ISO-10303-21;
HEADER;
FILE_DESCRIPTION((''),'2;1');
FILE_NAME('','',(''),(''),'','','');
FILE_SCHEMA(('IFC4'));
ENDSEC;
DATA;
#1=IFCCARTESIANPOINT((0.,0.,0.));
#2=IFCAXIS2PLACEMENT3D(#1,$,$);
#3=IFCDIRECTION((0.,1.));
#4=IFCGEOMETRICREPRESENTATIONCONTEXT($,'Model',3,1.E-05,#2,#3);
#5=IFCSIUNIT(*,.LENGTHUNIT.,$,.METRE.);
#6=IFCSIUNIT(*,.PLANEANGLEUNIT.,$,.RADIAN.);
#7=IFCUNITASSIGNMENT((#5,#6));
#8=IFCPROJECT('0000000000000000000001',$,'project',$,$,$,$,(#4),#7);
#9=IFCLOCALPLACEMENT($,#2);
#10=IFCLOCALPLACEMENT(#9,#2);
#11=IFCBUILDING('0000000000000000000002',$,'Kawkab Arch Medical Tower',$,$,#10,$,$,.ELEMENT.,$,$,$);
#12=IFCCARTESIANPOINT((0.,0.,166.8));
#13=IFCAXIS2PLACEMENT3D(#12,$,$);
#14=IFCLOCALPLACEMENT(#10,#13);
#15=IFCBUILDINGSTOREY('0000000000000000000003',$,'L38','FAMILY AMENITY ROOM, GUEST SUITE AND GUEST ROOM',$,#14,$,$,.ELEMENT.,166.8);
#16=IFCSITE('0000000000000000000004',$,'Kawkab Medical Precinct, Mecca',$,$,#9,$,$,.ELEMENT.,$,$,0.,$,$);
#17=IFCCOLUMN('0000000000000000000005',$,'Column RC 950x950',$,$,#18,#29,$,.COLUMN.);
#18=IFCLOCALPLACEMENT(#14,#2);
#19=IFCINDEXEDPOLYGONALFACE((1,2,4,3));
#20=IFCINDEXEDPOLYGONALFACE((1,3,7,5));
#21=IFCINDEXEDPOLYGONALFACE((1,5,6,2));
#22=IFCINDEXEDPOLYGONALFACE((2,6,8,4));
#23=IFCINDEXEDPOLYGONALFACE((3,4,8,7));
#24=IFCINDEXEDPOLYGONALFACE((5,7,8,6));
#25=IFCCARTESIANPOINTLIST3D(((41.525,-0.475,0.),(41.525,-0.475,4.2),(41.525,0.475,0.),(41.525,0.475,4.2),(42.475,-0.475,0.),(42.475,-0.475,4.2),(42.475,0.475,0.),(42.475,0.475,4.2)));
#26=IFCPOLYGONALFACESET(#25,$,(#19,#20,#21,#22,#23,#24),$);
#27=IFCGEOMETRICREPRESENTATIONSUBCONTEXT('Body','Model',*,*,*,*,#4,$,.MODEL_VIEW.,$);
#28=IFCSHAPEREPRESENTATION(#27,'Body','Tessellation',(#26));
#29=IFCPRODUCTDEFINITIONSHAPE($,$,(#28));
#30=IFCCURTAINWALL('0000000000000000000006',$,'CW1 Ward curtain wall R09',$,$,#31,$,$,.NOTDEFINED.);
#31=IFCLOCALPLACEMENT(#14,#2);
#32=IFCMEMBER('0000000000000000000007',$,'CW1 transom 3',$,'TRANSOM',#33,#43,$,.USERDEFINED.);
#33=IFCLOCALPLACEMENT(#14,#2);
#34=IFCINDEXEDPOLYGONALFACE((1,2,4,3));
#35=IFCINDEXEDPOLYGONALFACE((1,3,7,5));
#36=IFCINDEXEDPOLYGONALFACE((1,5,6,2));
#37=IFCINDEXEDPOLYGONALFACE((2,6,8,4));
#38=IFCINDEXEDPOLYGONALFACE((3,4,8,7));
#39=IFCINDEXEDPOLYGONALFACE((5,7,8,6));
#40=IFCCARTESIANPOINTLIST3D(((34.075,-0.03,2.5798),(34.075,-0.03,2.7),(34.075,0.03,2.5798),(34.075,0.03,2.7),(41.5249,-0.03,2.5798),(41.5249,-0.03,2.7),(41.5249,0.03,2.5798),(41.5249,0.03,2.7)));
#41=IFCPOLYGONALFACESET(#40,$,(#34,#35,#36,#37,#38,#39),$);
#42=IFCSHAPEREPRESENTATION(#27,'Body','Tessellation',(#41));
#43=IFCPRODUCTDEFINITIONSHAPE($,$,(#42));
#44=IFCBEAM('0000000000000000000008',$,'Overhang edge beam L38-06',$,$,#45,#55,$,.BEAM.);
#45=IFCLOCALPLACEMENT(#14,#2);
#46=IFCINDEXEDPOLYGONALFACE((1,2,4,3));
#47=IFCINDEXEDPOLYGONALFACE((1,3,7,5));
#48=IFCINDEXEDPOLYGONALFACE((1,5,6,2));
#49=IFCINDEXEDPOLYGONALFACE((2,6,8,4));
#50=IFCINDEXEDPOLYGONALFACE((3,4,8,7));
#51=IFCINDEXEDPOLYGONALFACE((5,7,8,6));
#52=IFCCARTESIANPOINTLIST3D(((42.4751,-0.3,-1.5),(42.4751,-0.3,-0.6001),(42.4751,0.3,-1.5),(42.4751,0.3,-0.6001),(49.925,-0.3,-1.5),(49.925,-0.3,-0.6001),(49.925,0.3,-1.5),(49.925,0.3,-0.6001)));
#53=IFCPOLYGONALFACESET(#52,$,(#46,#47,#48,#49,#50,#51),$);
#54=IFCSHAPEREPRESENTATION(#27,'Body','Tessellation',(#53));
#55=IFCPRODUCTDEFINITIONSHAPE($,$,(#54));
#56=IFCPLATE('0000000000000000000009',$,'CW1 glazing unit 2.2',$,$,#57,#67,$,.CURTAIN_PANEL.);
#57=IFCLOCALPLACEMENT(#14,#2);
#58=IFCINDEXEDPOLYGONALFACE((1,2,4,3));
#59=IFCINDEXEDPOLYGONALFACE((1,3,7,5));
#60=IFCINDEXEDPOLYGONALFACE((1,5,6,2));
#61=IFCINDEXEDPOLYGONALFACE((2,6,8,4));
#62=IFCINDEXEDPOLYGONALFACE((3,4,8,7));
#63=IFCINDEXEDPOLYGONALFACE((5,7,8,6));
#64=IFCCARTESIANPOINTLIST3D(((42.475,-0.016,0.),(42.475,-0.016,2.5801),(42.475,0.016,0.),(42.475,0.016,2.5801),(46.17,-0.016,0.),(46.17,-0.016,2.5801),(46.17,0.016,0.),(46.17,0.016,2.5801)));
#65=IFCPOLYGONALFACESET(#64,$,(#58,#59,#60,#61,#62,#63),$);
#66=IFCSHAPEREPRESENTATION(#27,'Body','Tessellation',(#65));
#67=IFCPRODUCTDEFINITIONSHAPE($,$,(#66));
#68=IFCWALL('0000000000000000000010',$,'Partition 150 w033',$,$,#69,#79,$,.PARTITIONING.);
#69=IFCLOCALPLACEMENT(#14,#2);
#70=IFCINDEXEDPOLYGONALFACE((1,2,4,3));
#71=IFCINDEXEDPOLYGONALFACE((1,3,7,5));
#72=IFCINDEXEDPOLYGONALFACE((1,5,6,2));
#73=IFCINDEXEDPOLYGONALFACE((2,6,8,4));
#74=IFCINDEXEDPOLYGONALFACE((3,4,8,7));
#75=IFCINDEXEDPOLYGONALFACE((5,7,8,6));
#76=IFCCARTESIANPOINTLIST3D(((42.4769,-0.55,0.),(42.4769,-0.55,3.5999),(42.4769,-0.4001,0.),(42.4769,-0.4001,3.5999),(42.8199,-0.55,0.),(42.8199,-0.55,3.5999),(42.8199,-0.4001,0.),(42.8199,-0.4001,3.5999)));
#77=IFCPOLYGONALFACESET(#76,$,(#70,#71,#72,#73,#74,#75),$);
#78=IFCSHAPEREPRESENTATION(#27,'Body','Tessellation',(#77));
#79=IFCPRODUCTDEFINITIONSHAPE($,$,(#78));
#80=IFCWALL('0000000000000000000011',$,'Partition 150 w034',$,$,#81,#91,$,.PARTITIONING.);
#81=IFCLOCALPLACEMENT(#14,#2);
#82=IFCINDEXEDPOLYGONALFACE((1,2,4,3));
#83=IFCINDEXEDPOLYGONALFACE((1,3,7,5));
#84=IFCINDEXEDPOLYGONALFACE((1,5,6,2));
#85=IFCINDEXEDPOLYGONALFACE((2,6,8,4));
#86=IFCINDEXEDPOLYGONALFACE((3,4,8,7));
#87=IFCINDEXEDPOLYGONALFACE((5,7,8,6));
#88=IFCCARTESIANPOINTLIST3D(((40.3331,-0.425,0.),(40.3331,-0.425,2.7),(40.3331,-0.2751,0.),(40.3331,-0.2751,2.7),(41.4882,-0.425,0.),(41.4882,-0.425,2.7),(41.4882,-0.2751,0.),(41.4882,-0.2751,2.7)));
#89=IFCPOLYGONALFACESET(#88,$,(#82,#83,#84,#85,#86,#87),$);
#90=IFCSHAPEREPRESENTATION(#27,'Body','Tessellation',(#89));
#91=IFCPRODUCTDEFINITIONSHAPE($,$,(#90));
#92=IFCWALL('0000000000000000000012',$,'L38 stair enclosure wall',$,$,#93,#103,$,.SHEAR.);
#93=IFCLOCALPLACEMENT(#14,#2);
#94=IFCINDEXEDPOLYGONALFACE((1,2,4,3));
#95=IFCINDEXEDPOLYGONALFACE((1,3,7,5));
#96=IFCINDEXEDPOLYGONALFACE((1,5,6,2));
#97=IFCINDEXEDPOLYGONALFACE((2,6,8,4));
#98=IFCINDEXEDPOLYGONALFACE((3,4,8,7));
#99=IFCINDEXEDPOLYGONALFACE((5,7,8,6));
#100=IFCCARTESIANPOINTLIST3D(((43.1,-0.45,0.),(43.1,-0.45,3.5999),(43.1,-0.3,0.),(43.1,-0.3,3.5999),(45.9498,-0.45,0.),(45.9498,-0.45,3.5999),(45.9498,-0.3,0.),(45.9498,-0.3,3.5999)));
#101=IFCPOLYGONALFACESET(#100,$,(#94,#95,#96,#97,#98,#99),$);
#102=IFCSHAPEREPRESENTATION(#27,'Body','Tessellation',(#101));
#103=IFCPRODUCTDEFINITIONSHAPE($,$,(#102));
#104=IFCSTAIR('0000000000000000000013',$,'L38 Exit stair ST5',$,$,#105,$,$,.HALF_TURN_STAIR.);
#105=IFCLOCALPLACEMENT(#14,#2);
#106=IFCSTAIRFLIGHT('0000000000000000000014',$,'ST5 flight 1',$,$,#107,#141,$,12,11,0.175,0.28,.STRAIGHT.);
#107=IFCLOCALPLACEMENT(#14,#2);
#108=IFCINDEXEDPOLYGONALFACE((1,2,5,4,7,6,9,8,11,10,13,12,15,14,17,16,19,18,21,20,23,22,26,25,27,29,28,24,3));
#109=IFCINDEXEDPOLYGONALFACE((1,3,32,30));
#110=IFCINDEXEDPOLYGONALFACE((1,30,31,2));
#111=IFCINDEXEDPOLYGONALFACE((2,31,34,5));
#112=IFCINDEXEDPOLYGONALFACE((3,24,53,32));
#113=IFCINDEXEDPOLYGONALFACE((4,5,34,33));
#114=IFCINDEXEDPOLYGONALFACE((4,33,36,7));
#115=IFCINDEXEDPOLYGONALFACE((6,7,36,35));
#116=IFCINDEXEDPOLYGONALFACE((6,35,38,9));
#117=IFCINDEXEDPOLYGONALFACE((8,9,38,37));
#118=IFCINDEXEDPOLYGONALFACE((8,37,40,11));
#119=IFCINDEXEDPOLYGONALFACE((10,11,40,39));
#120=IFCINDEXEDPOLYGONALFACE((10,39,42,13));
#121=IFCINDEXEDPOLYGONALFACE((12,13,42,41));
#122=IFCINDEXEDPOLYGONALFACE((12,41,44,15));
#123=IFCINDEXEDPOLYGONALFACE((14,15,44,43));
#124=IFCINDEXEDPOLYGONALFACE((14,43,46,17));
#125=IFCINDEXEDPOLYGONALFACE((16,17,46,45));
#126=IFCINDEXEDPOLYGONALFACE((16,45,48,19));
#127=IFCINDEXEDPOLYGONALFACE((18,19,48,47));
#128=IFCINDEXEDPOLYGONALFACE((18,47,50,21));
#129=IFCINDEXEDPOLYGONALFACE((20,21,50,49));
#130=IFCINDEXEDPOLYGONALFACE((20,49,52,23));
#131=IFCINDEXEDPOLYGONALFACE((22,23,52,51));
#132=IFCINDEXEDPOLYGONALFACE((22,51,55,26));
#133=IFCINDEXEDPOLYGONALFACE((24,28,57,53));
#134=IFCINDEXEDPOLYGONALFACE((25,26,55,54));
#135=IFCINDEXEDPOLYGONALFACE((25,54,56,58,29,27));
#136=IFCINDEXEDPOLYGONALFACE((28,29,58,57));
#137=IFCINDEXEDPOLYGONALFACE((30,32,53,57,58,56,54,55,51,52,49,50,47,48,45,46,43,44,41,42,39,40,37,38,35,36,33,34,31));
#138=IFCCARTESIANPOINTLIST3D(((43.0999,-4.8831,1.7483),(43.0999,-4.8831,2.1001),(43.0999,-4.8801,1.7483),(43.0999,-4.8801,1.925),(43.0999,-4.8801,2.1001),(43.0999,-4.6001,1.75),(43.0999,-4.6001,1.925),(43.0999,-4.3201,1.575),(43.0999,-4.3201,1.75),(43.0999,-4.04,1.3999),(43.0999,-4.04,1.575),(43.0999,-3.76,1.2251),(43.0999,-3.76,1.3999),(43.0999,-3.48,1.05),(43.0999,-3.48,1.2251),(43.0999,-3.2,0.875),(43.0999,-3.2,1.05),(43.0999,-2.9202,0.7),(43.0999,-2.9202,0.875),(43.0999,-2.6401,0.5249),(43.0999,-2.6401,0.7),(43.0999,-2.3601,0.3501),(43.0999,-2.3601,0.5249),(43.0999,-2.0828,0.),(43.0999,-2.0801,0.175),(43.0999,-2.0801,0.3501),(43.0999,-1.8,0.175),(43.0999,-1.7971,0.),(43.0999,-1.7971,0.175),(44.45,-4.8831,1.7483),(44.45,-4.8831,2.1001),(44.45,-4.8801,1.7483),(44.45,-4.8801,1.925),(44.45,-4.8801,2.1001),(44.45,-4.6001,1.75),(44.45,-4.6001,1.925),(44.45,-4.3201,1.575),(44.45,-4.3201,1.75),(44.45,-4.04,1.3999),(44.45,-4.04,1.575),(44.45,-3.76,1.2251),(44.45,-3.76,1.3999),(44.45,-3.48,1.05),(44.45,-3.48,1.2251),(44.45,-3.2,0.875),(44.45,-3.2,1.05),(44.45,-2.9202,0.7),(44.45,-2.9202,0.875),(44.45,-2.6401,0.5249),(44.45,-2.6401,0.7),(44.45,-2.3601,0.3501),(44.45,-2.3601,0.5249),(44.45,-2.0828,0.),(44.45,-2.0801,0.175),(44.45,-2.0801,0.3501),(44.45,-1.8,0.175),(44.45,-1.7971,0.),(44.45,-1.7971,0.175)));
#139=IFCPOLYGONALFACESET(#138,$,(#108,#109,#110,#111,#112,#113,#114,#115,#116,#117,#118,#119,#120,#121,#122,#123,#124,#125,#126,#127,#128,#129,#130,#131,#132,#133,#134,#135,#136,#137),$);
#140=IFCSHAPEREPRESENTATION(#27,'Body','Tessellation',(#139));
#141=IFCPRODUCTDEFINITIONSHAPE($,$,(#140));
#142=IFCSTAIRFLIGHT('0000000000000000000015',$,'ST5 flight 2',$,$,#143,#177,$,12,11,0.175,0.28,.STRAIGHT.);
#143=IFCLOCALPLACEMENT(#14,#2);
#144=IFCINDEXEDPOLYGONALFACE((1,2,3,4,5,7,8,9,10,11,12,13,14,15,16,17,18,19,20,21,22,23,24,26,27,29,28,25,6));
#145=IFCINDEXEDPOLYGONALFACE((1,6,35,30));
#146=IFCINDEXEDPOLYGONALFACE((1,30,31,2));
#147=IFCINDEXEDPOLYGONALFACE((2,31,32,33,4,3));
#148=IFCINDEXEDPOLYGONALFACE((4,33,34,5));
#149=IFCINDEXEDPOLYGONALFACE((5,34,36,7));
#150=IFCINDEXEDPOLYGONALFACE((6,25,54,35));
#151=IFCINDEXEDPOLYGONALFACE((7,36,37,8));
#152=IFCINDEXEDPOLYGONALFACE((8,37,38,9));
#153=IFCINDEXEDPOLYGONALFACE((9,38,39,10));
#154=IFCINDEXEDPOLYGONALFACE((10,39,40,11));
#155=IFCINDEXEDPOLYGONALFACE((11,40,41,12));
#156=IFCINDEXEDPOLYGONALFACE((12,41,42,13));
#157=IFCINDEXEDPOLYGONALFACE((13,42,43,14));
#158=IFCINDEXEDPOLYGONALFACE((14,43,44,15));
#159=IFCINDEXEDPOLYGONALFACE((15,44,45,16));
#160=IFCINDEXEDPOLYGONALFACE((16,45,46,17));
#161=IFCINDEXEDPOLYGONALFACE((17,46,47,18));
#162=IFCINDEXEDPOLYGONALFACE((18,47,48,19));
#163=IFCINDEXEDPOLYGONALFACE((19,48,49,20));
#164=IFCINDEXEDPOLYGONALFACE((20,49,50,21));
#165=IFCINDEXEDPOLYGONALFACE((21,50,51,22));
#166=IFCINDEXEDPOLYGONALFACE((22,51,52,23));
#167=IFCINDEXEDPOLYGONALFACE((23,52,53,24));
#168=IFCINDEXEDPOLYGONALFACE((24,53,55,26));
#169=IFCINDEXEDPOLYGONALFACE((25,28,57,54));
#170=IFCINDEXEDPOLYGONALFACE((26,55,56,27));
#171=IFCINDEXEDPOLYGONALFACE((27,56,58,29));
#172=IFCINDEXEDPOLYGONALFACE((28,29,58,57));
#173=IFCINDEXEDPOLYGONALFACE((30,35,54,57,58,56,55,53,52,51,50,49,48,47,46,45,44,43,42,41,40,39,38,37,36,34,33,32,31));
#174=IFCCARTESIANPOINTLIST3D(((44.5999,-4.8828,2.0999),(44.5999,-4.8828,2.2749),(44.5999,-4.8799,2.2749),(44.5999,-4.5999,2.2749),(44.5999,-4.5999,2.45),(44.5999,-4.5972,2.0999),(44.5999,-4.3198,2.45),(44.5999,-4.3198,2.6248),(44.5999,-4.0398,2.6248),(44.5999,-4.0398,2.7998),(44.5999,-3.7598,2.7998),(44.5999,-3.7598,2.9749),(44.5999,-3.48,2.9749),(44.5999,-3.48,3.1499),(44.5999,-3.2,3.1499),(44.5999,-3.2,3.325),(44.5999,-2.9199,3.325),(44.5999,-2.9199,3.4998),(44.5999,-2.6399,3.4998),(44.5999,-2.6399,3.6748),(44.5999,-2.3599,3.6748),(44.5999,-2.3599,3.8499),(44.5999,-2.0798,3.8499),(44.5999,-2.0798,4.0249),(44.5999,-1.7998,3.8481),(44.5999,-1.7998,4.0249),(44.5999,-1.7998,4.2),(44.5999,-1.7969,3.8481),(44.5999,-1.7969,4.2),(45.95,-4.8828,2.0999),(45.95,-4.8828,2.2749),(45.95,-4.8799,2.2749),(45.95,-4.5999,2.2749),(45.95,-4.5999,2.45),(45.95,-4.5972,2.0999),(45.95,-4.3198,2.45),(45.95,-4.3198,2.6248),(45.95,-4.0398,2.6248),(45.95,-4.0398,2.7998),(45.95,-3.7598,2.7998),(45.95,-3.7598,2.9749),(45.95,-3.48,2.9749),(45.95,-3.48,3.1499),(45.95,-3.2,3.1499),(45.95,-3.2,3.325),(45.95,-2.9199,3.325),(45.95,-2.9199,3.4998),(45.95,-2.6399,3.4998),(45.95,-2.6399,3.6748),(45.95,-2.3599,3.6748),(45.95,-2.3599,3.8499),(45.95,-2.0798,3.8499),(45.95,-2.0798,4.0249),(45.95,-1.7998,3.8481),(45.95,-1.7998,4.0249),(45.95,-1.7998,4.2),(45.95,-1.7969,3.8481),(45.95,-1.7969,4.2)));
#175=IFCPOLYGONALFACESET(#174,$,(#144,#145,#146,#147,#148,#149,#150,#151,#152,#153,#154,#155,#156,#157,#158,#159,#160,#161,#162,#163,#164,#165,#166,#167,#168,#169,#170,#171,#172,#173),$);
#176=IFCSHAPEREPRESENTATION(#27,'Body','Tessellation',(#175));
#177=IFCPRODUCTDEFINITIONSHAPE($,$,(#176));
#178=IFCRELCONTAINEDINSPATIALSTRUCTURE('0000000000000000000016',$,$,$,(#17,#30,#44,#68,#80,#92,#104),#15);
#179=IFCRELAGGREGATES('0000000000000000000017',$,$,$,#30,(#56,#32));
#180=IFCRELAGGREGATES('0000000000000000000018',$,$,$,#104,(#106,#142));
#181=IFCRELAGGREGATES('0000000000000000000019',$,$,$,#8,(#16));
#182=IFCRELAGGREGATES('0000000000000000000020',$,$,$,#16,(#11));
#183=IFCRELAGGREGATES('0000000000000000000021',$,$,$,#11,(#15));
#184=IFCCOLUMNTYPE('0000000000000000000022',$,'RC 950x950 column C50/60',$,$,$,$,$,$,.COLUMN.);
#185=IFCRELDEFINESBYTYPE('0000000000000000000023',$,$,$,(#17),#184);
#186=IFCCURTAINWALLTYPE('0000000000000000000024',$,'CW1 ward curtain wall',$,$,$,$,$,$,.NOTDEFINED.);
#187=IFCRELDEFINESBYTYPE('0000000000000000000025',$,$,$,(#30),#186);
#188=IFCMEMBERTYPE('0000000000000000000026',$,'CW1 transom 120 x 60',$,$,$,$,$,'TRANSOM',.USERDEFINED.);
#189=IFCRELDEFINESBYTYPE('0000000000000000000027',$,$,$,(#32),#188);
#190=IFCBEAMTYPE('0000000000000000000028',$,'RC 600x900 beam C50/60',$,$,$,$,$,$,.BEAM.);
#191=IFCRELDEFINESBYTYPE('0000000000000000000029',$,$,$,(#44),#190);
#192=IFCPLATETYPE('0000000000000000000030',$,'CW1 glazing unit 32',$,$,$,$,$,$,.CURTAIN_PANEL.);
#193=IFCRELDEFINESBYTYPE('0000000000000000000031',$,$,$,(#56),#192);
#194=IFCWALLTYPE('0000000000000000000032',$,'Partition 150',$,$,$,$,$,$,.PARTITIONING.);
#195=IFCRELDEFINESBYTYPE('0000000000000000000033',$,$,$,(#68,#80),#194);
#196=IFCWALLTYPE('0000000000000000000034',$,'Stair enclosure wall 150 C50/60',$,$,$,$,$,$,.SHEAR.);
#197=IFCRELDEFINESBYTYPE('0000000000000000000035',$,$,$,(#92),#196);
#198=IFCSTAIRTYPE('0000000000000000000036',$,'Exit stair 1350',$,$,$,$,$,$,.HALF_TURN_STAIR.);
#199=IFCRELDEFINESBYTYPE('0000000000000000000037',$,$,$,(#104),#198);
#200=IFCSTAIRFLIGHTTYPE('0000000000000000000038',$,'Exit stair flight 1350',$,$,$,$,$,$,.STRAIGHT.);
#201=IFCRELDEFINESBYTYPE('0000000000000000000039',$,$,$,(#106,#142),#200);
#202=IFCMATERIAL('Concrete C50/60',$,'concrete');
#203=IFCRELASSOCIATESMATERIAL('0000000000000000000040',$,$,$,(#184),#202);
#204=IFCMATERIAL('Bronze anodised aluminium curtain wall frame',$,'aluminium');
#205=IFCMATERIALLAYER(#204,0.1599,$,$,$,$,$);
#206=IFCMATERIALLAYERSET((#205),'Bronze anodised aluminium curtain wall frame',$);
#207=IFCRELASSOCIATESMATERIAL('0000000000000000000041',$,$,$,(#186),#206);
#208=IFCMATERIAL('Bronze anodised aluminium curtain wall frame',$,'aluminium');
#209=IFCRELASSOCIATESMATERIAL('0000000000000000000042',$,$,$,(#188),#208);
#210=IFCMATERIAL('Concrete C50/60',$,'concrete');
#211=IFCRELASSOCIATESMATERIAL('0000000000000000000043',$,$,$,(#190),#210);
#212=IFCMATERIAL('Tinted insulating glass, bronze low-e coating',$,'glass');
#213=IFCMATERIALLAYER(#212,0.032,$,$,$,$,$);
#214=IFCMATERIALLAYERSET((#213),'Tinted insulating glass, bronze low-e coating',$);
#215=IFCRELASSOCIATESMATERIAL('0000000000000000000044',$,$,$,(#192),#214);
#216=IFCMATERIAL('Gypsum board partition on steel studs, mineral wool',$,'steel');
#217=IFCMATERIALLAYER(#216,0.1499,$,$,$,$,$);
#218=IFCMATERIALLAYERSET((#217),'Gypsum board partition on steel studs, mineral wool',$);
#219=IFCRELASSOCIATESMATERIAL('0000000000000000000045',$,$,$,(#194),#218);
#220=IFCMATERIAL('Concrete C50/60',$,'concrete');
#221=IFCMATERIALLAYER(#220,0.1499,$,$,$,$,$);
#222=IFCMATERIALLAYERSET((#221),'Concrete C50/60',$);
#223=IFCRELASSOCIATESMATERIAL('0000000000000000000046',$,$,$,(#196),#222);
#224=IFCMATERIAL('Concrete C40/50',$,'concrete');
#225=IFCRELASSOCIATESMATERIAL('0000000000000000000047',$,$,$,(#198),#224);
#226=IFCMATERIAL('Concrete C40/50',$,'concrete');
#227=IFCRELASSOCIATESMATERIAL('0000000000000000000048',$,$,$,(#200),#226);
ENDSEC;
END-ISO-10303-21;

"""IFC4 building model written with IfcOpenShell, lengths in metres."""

from ifc_helpers import new_model, si_unit, direction, frame, frame_2d, origin, origin_2d, place, context, subcontext, project, spatial, polyline, rectangle, outline, extrude, material, layer, layer_set, material_profile, profile_set, type_object, element, aggregate, save


model = new_model("IFC4")

# Units and contexts
model_context = context("Model", 3, precision=1e-05, world=origin(), true_north=direction((0.0, 1.0)))
body_context = subcontext(model_context, "Body", "Model", "MODEL_VIEW")
ifc_project = project(units=[si_unit("LENGTHUNIT", "METRE"), si_unit("PLANEANGLEUNIT", "RADIAN")], contexts=[model_context])

# Site, building, storey
site_placement = place(None, origin())
site = spatial("IfcSite", under=ifc_project, at=site_placement, Name="Kawkab Medical Precinct, Mecca", CompositionType="ELEMENT", RefElevation=0.0)
building_placement = place(site_placement, origin())
building = spatial("IfcBuilding", under=site, at=building_placement, Name="Kawkab Arch Medical Tower", CompositionType="ELEMENT")
storey_placement = place(building_placement, frame((0.0, 0.0, 166.8)))
storey = spatial("IfcBuildingStorey", under=building, at=storey_placement, Name="L38", Description="FAMILY AMENITY ROOM, GUEST SUITE AND GUEST ROOM", CompositionType="ELEMENT", Elevation=166.8)

# Column
ifc_material_1 = material(Name="Concrete C50/60", Category="concrete")
ifc_material_profile_1 = material_profile(ifc_material_1, rectangle(XDim=0.95, YDim=0.95, at=origin_2d()), Name="RC 950x950")
ifc_profile_set_1 = profile_set([ifc_material_profile_1], Name="Concrete C50/60")
column_type = type_object("IfcColumnType", Name="RC 950x950 column C50/60", PredefinedType="COLUMN", material=ifc_profile_set_1)
column_placement = place(storey_placement, frame((42.0, 0.0, 0.0), z_axis=(0.0, 0.0, 1.0), x_axis=(1.0, 0.0, 0.0)))
element("IfcColumn", 1, at=column_placement, inside=storey, type_object=column_type, Name="Column RC 950x950", PredefinedType="COLUMN", context=body_context, shape_type="SweptSolid", body=[
    extrude(rectangle(XDim=0.95, YDim=0.95, at=origin_2d()), origin(), (0.0, 0.0, 1.0), 4.2),
])

# Curtain wall, member
ifc_material_2 = material(Name="Bronze anodised aluminium curtain wall frame", Category="aluminium")
ifc_layer_1 = layer(ifc_material_2, 0.1599)
ifc_layer_set_1 = layer_set([ifc_layer_1], Name="Bronze anodised aluminium curtain wall frame")
curtain_wall_type = type_object("IfcCurtainWallType", Name="CW1 ward curtain wall", PredefinedType="NOTDEFINED", material=ifc_layer_set_1)
placement = place(storey_placement, origin())
curtain_wall = element("IfcCurtainWall", 2, at=placement, inside=storey, type_object=curtain_wall_type, Name="CW1 Ward curtain wall R09", PredefinedType="NOTDEFINED")
ifc_material_3 = material(Name="Bronze anodised aluminium curtain wall frame", Category="aluminium")
ifc_material_profile_2 = material_profile(ifc_material_3, rectangle(XDim=0.0601, YDim=0.1201, at=origin_2d()), Name="AL 60x120")
ifc_profile_set_2 = profile_set([ifc_material_profile_2], Name="Bronze anodised aluminium curtain wall frame")
member_type = type_object("IfcMemberType", Name="CW1 transom 120 x 60", ElementType="TRANSOM", PredefinedType="USERDEFINED", material=ifc_profile_set_2)
member_placement = place(storey_placement, frame((41.5249, 0.0, 2.6399), z_axis=(-1.0, 0.0, 0.0), x_axis=(0.0, -1.0, 0.0)))
member = element("IfcMember", 3, at=member_placement, type_object=member_type, Name="CW1 transom 3", ObjectType="TRANSOM", PredefinedType="USERDEFINED", context=body_context, shape_type="SweptSolid", body=[
    extrude(rectangle(XDim=0.0601, YDim=0.1201, at=origin_2d()), origin(), (0.0, 0.0, 1.0), 7.45),
])

# Beam
ifc_material_4 = material(Name="Concrete C50/60", Category="concrete")
ifc_material_profile_3 = material_profile(ifc_material_4, rectangle(XDim=0.6001, YDim=0.8999, at=origin_2d()), Name="RC 600x900")
ifc_profile_set_3 = profile_set([ifc_material_profile_3], Name="Concrete C50/60")
beam_type = type_object("IfcBeamType", Name="RC 600x900 beam C50/60", PredefinedType="BEAM", material=ifc_profile_set_3)
beam_placement = place(storey_placement, frame((42.4751, 0.0, -1.05), z_axis=(1.0, 0.0, 0.0), x_axis=(0.0, 1.0, 0.0)))
element("IfcBeam", 4, at=beam_placement, inside=storey, type_object=beam_type, Name="Overhang edge beam L38-06", PredefinedType="BEAM", context=body_context, shape_type="SweptSolid", body=[
    extrude(rectangle(XDim=0.6001, YDim=0.8999, at=origin_2d()), origin(), (0.0, 0.0, 1.0), 7.45),
])

# Plate
ifc_material_5 = material(Name="Tinted insulating glass, bronze low-e coating", Category="glass")
ifc_layer_2 = layer(ifc_material_5, 0.032)
ifc_layer_set_2 = layer_set([ifc_layer_2], Name="Tinted insulating glass, bronze low-e coating")
plate_type = type_object("IfcPlateType", Name="CW1 glazing unit 32", PredefinedType="CURTAIN_PANEL", material=ifc_layer_set_2)
plate_placement = place(storey_placement, frame((44.3225, 0.0, 0.0), z_axis=(0.0, 0.0, 1.0), x_axis=(-1.0, 0.0, 0.0)))
plate = element("IfcPlate", 5, at=plate_placement, type_object=plate_type, Name="CW1 glazing unit 2.2", PredefinedType="CURTAIN_PANEL", context=body_context, shape_type="SweptSolid", body=[
    extrude(rectangle(XDim=3.6951, YDim=0.032, at=origin_2d()), origin(), (0.0, 0.0, 1.0), 2.5801),
])
aggregate(curtain_wall, [plate, member])

# Walls
ifc_material_6 = material(Name="Gypsum board partition on steel studs, mineral wool", Category="steel")
ifc_layer_3 = layer(ifc_material_6, 0.1499)
ifc_layer_set_3 = layer_set([ifc_layer_3], Name="Gypsum board partition on steel studs, mineral wool")
wall_type_1 = type_object("IfcWallType", Name="Partition 150", PredefinedType="PARTITIONING", material=ifc_layer_set_3)
wall_1_placement = place(storey_placement, frame((42.4771, -0.4751, 0.0), z_axis=(0.0, 0.0, 1.0), x_axis=(1.0, 0.0, 0.0)))
element("IfcWall", 6, at=wall_1_placement, inside=storey, type_object=wall_type_1, Name="Partition 150 w033", PredefinedType="PARTITIONING", context=body_context, shape_type="SweptSolid", body=[
    extrude(rectangle(XDim=0.343, YDim=0.1499, at=frame_2d((0.1714, 0.0))), origin(), (0.0, 0.0, 1.0), 3.5999),
])
wall_2_placement = place(storey_placement, frame((40.333, -0.3501, 0.0), z_axis=(0.0, 0.0, 1.0), x_axis=(1.0, 0.0, 0.0)))
element("IfcWall", 7, at=wall_2_placement, inside=storey, type_object=wall_type_1, Name="Partition 150 w034", PredefinedType="PARTITIONING", context=body_context, shape_type="SweptSolid", body=[
    extrude(rectangle(XDim=1.155, YDim=0.1499, at=frame_2d((0.5776, 0.0))), origin(), (0.0, 0.0, 1.0), 2.7),
])
ifc_material_7 = material(Name="Concrete C50/60", Category="concrete")
ifc_layer_4 = layer(ifc_material_7, 0.1499)
ifc_layer_set_4 = layer_set([ifc_layer_4], Name="Concrete C50/60")
wall_type_2 = type_object("IfcWallType", Name="Stair enclosure wall 150 C50/60", PredefinedType="SHEAR", material=ifc_layer_set_4)
wall_3_placement = place(storey_placement, frame((43.1001, -0.375, 0.0), z_axis=(0.0, 0.0, 1.0), x_axis=(1.0, 0.0, 0.0)))
element("IfcWall", 8, at=wall_3_placement, inside=storey, type_object=wall_type_2, Name="L38 stair enclosure wall", PredefinedType="SHEAR", context=body_context, shape_type="SweptSolid", body=[
    extrude(rectangle(XDim=2.8499, YDim=0.1499, at=frame_2d((1.4248, 0.0))), origin(), (0.0, 0.0, 1.0), 3.5999),
])

# Stair, stair flights
ifc_material_8 = material(Name="Concrete C40/50", Category="concrete")
stair_type = type_object("IfcStairType", Name="Exit stair 1350", PredefinedType="HALF_TURN_STAIR", material=ifc_material_8)
stair = element("IfcStair", 9, at=placement, inside=storey, type_object=stair_type, Name="L38 Exit stair ST5", PredefinedType="HALF_TURN_STAIR")
ifc_material_9 = material(Name="Concrete C40/50", Category="concrete")
stair_flight_type = type_object("IfcStairFlightType", Name="Exit stair flight 1350", PredefinedType="STRAIGHT", material=ifc_material_9)
stair_flight_1_placement = place(storey_placement, frame((43.7749, -1.8, 0.0), z_axis=(0.0, 0.0, 1.0), x_axis=(0.0, -1.0, 0.0)))
stair_flight_1 = element("IfcStairFlight", 10, at=stair_flight_1_placement, type_object=stair_flight_type, Name="ST5 flight 1", NumberOfRisers=12, NumberOfTreads=11, PredefinedType="STRAIGHT", RiserHeight=0.175, TreadLength=0.28, context=body_context, shape_type="SweptSolid", body=[
    extrude(outline(polyline([(-0.0029, 0.0), (-0.0029, 0.175), (0.0, 0.175), (0.28, 0.175), (0.28, 0.3501), (0.5601, 0.3501), (0.5601, 0.5249), (0.8401, 0.5249), (0.8401, 0.7), (1.1201, 0.7), (1.1201, 0.875), (1.3999, 0.875), (1.3999, 1.05), (1.6799, 1.05), (1.6799, 1.2251), (1.96, 1.2251), (1.96, 1.3999), (2.24, 1.3999), (2.24, 1.575), (2.52, 1.575), (2.52, 1.75), (2.8, 1.75), (2.8, 1.925), (3.0801, 1.925), (3.0801, 2.1001), (3.083, 2.1001), (3.083, 1.7483), (3.0801, 1.7483), (0.2827, 0.0), (-0.0029, 0.0)])), frame((0.0, 0.675, 0.0), z_axis=(0.0, -1.0, 0.0), x_axis=(1.0, 0.0, 0.0)), (0.0, 0.0, 1.0), 1.3501),
])
stair_flight_2_placement = place(storey_placement, frame((45.2749, -4.8799, 2.0999), z_axis=(0.0, 0.0, 1.0), x_axis=(0.0, 1.0, 0.0)))
stair_flight_2 = element("IfcStairFlight", 11, at=stair_flight_2_placement, type_object=stair_flight_type, Name="ST5 flight 2", NumberOfRisers=12, NumberOfTreads=11, PredefinedType="STRAIGHT", RiserHeight=0.175, TreadLength=0.28, context=body_context, shape_type="SweptSolid", body=[
    extrude(outline(polyline([(-0.0029, 0.0), (-0.0029, 0.175), (0.0, 0.175), (0.28, 0.175), (0.28, 0.3501), (0.5601, 0.3501), (0.5601, 0.5249), (0.8401, 0.5249), (0.8401, 0.7), (1.1201, 0.7), (1.1201, 0.875), (1.3999, 0.875), (1.3999, 1.05), (1.6799, 1.05), (1.6799, 1.2251), (1.96, 1.2251), (1.96, 1.3999), (2.24, 1.3999), (2.24, 1.575), (2.52, 1.575), (2.52, 1.75), (2.8, 1.75), (2.8, 1.925), (3.0801, 1.925), (3.0801, 2.1001), (3.083, 2.1001), (3.083, 1.7483), (3.0801, 1.7483), (0.2827, 0.0), (-0.0029, 0.0)])), frame((0.0, 0.675, 0.0), z_axis=(0.0, -1.0, 0.0), x_axis=(1.0, 0.0, 0.0)), (0.0, 0.0, 1.0), 1.3501),
])
aggregate(stair, [stair_flight_1, stair_flight_2])

save(model, "model.ifc")
